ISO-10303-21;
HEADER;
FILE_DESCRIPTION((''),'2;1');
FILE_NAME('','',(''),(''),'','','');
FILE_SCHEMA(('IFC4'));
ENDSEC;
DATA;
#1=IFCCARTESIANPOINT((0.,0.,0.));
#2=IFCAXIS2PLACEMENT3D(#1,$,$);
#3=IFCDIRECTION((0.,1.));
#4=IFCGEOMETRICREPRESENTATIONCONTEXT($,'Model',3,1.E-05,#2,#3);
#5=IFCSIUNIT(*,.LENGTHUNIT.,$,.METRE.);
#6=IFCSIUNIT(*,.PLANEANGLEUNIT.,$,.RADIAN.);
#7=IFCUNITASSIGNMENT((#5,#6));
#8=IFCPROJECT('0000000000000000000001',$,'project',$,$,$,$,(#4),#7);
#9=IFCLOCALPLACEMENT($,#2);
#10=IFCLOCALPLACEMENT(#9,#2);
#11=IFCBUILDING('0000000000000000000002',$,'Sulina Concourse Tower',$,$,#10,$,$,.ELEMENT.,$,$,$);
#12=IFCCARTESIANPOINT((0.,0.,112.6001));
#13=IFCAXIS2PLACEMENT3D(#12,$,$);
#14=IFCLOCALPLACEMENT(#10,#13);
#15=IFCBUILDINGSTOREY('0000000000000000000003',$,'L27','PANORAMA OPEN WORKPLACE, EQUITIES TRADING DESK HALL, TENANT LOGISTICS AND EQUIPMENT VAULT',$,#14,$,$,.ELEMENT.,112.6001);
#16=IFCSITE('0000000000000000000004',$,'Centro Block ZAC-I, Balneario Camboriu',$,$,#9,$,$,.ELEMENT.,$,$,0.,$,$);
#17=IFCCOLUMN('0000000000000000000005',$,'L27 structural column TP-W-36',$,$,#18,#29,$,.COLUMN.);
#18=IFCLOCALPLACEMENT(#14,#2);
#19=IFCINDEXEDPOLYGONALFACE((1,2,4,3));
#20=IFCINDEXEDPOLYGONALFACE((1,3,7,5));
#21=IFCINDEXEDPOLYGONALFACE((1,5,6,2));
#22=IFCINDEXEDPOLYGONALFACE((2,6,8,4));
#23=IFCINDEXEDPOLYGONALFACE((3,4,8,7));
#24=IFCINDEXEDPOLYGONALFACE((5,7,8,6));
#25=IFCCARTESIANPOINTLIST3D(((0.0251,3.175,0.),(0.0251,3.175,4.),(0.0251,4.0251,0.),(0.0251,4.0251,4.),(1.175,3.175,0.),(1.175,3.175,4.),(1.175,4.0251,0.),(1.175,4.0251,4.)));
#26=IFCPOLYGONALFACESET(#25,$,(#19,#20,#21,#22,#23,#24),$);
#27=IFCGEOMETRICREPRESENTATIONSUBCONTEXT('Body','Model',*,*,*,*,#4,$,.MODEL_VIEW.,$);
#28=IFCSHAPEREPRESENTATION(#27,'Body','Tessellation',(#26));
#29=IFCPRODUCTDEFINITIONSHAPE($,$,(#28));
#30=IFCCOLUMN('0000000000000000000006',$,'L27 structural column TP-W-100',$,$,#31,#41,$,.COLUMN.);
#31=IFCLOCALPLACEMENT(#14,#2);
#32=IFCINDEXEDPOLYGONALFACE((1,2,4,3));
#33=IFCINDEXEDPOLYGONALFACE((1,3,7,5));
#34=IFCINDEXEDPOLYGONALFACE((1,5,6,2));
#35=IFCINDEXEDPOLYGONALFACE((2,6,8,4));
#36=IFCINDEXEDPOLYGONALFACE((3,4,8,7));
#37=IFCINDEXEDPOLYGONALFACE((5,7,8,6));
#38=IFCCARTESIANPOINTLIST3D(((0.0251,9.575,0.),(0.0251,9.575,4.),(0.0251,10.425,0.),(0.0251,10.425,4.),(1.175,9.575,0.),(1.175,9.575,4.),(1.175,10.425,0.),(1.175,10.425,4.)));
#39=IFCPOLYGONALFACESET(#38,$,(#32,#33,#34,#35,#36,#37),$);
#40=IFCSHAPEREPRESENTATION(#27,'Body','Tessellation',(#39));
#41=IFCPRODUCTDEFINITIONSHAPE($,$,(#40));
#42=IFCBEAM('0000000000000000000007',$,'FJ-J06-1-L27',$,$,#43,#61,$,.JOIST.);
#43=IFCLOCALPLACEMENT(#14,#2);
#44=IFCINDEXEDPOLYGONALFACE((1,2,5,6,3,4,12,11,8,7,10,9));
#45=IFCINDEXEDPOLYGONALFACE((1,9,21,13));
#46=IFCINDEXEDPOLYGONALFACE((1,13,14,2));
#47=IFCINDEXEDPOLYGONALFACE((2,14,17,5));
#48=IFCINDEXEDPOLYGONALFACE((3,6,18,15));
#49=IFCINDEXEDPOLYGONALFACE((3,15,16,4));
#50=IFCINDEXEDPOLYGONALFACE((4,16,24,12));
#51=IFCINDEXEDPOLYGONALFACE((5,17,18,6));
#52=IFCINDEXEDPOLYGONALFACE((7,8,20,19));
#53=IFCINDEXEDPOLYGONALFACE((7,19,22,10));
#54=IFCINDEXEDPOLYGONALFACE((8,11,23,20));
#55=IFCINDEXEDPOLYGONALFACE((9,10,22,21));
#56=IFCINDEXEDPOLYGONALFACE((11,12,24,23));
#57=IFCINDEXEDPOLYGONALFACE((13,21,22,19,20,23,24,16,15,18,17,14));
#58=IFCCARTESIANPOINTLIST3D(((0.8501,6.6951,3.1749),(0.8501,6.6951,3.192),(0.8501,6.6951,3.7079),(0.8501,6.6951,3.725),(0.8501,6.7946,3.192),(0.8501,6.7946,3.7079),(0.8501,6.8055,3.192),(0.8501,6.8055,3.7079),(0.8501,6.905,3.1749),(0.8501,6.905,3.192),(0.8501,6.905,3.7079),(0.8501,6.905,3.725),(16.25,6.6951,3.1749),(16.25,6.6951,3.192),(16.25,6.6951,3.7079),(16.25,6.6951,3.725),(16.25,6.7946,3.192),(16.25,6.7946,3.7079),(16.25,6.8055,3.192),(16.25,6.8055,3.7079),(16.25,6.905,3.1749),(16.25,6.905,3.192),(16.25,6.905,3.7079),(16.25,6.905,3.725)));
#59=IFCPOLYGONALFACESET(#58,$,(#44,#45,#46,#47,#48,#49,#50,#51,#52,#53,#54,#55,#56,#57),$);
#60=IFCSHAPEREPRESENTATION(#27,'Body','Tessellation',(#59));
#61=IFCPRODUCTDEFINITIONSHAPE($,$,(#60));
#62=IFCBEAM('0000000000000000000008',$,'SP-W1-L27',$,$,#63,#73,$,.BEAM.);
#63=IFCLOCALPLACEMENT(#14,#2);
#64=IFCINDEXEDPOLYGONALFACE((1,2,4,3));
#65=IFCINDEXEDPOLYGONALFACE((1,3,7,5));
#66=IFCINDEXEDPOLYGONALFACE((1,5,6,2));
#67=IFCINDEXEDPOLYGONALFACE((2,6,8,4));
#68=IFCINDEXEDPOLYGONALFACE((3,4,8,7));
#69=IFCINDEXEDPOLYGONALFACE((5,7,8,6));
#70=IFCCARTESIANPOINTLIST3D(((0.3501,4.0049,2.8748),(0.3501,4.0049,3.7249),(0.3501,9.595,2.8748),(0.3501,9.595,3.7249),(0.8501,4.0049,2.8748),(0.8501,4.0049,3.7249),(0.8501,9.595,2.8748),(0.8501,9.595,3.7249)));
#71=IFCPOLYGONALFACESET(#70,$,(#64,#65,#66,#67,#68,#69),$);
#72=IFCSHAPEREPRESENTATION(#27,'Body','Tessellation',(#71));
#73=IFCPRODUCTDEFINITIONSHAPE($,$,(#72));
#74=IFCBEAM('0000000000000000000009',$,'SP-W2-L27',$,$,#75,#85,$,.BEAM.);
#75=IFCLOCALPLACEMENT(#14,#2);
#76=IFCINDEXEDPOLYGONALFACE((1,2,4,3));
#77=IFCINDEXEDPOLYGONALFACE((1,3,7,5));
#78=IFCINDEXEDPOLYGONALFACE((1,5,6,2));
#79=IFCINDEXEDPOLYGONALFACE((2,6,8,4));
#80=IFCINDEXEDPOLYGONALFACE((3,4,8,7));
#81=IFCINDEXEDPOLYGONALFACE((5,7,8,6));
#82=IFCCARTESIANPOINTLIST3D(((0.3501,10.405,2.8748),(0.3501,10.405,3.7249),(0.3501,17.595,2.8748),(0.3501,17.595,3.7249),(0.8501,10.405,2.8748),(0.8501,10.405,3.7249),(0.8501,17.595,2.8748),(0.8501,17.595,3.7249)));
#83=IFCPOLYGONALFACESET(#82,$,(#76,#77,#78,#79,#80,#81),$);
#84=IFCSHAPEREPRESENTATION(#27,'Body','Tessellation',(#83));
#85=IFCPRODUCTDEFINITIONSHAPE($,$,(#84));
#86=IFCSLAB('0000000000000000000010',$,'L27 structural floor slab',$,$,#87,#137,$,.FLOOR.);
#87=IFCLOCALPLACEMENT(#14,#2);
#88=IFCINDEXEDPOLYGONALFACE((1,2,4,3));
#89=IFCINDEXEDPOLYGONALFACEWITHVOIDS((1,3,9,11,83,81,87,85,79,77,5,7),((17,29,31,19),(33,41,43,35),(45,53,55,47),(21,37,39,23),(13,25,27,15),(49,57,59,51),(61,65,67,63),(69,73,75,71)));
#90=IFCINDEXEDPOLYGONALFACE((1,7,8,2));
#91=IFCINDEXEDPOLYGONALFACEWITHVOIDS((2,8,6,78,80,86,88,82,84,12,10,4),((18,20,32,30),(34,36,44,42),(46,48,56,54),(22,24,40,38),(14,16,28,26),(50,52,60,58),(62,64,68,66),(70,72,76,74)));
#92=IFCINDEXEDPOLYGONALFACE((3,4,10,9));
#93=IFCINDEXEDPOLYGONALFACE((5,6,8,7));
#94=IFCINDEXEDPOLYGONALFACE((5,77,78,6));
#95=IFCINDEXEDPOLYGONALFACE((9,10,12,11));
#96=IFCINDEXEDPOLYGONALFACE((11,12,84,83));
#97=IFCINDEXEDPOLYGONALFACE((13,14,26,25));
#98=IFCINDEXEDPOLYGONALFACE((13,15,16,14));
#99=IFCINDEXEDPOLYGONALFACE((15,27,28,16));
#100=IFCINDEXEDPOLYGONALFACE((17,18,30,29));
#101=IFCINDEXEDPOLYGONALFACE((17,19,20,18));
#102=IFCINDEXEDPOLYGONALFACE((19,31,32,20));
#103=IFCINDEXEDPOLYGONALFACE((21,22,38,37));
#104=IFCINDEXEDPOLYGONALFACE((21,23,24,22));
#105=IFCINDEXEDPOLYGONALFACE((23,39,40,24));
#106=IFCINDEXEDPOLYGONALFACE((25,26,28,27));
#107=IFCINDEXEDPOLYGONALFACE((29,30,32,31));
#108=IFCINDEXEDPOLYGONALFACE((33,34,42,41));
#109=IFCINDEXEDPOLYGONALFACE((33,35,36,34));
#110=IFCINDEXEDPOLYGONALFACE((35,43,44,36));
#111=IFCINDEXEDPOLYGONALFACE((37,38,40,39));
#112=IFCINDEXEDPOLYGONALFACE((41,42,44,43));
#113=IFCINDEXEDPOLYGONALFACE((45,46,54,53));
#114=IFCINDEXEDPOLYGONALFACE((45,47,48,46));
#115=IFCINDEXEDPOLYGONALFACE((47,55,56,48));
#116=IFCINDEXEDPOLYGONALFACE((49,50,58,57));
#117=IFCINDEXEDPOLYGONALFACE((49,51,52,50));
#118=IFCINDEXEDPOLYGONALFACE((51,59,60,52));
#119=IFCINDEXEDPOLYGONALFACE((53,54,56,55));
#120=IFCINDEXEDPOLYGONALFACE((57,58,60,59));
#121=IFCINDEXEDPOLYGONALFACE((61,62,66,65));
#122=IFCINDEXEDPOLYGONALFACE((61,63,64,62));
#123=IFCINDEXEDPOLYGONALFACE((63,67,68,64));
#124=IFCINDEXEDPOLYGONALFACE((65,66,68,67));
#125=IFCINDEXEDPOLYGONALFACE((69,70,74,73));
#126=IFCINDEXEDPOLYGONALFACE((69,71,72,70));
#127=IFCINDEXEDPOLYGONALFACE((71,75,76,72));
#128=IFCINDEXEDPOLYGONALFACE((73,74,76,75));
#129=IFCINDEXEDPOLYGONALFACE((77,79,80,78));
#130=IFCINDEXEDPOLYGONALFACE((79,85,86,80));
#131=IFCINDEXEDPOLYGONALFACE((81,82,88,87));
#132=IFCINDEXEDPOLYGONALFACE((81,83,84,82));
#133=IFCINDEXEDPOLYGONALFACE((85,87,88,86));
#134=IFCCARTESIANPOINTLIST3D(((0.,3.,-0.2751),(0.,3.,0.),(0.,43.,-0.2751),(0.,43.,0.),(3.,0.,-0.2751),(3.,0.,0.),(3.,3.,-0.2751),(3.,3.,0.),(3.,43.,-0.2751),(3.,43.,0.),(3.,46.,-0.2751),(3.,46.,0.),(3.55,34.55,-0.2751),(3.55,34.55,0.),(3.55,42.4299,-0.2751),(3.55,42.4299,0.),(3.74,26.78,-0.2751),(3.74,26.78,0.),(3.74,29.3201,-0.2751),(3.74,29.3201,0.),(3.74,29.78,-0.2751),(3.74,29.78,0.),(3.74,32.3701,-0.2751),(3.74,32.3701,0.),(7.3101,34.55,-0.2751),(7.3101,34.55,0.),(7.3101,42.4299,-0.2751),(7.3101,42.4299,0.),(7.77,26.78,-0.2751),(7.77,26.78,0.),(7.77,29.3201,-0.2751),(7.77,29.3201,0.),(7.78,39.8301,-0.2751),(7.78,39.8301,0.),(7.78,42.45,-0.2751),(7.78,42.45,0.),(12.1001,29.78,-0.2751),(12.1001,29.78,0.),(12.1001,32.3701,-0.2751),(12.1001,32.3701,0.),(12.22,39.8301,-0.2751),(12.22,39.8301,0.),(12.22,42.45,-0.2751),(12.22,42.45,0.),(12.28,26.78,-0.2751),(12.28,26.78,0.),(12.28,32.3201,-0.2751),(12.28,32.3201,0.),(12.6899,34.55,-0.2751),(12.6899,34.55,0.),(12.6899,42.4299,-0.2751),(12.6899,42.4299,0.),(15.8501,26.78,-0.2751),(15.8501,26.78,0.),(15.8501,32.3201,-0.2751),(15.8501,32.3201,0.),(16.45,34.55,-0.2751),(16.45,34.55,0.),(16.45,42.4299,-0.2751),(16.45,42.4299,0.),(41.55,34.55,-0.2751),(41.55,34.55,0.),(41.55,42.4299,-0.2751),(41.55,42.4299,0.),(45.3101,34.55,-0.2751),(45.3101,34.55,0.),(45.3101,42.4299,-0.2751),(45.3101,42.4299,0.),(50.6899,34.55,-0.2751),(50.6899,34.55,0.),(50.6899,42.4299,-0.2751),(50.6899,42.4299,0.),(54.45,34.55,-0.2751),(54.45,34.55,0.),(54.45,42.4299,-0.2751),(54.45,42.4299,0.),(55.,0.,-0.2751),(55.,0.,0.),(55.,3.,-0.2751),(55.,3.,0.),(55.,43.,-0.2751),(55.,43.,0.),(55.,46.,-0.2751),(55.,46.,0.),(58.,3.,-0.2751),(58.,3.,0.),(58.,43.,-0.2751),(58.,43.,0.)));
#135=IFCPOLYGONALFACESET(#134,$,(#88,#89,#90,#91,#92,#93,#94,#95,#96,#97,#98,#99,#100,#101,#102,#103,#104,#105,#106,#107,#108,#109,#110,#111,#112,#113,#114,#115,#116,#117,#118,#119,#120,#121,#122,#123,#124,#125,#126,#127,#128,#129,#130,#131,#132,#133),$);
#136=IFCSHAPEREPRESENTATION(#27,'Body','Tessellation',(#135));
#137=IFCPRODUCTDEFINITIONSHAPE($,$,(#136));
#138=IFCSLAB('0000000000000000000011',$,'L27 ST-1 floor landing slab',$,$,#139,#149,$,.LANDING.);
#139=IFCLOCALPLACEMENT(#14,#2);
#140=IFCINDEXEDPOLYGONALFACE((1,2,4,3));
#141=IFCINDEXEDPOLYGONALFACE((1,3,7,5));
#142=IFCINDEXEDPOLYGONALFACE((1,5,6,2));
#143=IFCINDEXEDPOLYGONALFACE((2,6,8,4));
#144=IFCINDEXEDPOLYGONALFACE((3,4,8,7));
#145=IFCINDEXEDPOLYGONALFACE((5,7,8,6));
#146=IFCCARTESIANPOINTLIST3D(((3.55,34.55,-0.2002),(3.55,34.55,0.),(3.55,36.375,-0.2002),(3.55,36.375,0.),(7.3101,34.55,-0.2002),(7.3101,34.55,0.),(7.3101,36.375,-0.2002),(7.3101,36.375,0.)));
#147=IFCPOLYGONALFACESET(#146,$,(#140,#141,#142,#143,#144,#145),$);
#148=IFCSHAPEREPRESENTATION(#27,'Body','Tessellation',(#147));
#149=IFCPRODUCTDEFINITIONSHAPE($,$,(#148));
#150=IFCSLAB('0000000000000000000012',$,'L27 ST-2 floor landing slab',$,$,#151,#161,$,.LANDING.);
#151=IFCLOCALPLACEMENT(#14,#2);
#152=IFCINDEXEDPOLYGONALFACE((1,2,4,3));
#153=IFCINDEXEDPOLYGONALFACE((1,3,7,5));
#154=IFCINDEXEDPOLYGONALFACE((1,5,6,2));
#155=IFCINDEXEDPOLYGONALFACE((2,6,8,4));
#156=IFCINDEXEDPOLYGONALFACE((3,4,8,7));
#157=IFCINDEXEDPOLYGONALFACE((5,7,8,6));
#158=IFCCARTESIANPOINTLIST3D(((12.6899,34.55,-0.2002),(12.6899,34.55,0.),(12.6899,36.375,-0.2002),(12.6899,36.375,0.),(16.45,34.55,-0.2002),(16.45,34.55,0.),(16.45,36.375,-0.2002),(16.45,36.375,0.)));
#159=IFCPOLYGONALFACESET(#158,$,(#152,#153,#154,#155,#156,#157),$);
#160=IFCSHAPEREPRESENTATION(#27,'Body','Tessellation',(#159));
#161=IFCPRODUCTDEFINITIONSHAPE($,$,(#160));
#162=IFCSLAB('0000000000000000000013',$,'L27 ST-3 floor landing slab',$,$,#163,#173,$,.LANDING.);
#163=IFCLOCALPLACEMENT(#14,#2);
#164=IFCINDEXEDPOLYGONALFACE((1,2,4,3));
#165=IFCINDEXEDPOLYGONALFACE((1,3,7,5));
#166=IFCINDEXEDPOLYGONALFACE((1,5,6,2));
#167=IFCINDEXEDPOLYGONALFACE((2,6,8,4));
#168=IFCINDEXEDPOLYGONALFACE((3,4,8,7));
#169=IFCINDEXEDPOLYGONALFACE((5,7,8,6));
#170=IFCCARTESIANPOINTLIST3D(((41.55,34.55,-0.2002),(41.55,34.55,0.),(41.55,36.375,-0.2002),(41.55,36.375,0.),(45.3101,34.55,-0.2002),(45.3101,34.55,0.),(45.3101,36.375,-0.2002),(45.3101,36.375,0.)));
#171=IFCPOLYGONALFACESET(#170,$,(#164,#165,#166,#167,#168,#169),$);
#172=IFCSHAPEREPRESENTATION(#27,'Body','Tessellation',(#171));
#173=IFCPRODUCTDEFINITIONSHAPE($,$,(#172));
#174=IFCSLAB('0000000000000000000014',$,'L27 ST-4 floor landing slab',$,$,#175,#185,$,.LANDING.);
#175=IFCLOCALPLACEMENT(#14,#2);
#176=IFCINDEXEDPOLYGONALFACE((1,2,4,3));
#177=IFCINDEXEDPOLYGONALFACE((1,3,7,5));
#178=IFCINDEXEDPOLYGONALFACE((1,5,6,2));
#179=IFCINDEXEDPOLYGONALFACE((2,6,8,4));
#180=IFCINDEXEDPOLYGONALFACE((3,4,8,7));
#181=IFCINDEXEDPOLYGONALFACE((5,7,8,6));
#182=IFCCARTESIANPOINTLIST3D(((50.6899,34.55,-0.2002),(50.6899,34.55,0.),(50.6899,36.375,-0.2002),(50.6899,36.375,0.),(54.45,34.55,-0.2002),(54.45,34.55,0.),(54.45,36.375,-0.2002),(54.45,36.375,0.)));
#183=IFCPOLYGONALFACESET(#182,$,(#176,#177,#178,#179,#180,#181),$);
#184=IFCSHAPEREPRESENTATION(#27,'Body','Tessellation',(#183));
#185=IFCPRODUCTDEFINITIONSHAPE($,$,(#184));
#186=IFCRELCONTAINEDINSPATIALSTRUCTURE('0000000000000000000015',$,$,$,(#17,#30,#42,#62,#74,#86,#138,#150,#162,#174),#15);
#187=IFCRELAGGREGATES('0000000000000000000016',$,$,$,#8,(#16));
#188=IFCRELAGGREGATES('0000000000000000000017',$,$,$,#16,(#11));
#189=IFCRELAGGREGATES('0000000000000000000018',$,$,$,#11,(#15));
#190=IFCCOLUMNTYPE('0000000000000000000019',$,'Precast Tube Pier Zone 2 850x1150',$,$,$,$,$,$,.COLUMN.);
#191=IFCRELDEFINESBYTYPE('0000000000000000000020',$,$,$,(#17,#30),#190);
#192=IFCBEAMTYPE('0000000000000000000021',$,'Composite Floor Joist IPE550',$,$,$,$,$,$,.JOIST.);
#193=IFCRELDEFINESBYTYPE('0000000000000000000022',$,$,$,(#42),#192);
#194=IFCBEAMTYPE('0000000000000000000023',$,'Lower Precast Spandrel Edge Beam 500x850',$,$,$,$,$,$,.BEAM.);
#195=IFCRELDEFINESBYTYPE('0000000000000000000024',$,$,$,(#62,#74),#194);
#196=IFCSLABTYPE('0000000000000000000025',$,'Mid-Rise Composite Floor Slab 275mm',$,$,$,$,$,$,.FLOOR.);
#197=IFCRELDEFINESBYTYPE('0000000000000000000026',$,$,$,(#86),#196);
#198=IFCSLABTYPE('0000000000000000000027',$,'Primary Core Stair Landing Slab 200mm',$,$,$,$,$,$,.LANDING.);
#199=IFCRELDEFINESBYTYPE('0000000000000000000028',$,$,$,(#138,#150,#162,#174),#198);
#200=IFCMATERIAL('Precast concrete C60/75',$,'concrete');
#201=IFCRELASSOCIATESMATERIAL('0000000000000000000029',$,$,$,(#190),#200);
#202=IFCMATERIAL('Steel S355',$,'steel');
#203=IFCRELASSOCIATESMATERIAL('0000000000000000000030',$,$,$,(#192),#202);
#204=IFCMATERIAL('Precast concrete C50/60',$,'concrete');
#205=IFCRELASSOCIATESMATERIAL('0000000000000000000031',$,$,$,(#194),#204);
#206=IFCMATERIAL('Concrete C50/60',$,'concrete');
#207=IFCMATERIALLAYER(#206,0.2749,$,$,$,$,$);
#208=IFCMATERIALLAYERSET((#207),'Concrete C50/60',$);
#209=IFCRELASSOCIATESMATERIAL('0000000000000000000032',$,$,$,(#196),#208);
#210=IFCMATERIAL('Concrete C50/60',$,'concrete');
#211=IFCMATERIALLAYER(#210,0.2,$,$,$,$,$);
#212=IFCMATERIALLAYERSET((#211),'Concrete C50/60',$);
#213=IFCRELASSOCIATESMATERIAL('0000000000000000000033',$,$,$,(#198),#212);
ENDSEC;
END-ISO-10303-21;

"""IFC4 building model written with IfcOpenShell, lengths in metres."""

from ifc_helpers import new_model, si_unit, direction, frame, origin, origin_2d, place, context, subcontext, project, spatial, polyline, rectangle, i_section, outline, extrude, material, layer, layer_set, material_profile, profile_set, type_object, element, save


model = new_model("IFC4")

# Units and contexts
model_context = context("Model", 3, precision=1e-05, world=origin(), true_north=direction((0.0, 1.0)))
body_context = subcontext(model_context, "Body", "Model", "MODEL_VIEW")
ifc_project = project(units=[si_unit("LENGTHUNIT", "METRE"), si_unit("PLANEANGLEUNIT", "RADIAN")], contexts=[model_context])

# Site, building, storey
site_placement = place(None, origin())
site = spatial("IfcSite", under=ifc_project, at=site_placement, Name="Centro Block ZAC-I, Balneario Camboriu", CompositionType="ELEMENT", RefElevation=0.0)
building_placement = place(site_placement, origin())
building = spatial("IfcBuilding", under=site, at=building_placement, Name="Sulina Concourse Tower", CompositionType="ELEMENT")
storey_placement = place(building_placement, frame((0.0, 0.0, 112.6001)))
storey = spatial("IfcBuildingStorey", under=building, at=storey_placement, Name="L27", Description="PANORAMA OPEN WORKPLACE, EQUITIES TRADING DESK HALL, TENANT LOGISTICS AND EQUIPMENT VAULT", CompositionType="ELEMENT", Elevation=112.6001)

# Columns
ifc_material_1 = material(Name="Precast concrete C60/75", Category="concrete")
ifc_material_profile_1 = material_profile(ifc_material_1, rectangle(XDim=0.8501, YDim=1.1499, at=origin_2d()), Name="PC 850x1150")
ifc_profile_set_1 = profile_set([ifc_material_profile_1], Name="Precast concrete C60/75")
column_type = type_object("IfcColumnType", Name="Precast Tube Pier Zone 2 850x1150", PredefinedType="COLUMN", material=ifc_profile_set_1)
for number, where, z_axis, x_axis, name in (
    (1, (0.6001, 3.6001, 0.0), (0.0, 0.0, 1.0), (0.0, 1.0, 0.0), "L27 structural column TP-W-36"),
    (2, (0.6001, 10.0, 0.0), (0.0, 0.0, 1.0), (0.0, 1.0, 0.0), "L27 structural column TP-W-100"),
):
    element("IfcColumn", number, at=place(storey_placement, frame(where, z_axis=z_axis, x_axis=x_axis)), inside=storey, type_object=column_type, Name=name, PredefinedType="COLUMN", context=body_context, shape_type="SweptSolid", body=[
        extrude(rectangle(XDim=0.8501, YDim=1.1499, at=origin_2d()), origin(), (0.0, 0.0, 1.0), 4.0),
    ])

# Beams
ifc_material_2 = material(Name="Steel S355", Category="steel")
ifc_material_profile_2 = material_profile(ifc_material_2, i_section(OverallWidth=0.21, OverallDepth=0.55, WebThickness=0.011, FlangeThickness=0.0171, at=origin_2d()), Name="IPE 550")
ifc_profile_set_2 = profile_set([ifc_material_profile_2], Name="Steel S355")
beam_type_1 = type_object("IfcBeamType", Name="Composite Floor Joist IPE550", PredefinedType="JOIST", material=ifc_profile_set_2)
beam_1_placement = place(storey_placement, frame((0.8501, 6.8, 3.45), z_axis=(1.0, 0.0, 0.0), x_axis=(0.0, 1.0, 0.0)))
element("IfcBeam", 3, at=beam_1_placement, inside=storey, type_object=beam_type_1, Name="FJ-J06-1-L27", PredefinedType="JOIST", context=body_context, shape_type="SweptSolid", body=[
    extrude(i_section(OverallWidth=0.21, OverallDepth=0.55, WebThickness=0.011, FlangeThickness=0.0171, at=origin_2d()), origin(), (0.0, 0.0, 1.0), 15.3999),
])
ifc_material_3 = material(Name="Precast concrete C50/60", Category="concrete")
ifc_material_profile_3 = material_profile(ifc_material_3, rectangle(XDim=0.5, YDim=0.8501, at=origin_2d()), Name="RC 500x850")
ifc_profile_set_3 = profile_set([ifc_material_profile_3], Name="Precast concrete C50/60")
beam_type_2 = type_object("IfcBeamType", Name="Lower Precast Spandrel Edge Beam 500x850", PredefinedType="BEAM", material=ifc_profile_set_3)
beam_2_placement = place(storey_placement, frame((0.6001, 4.0049, 3.2998), z_axis=(0.0, 1.0, 0.0), x_axis=(-1.0, 0.0, 0.0)))
element("IfcBeam", 4, at=beam_2_placement, inside=storey, type_object=beam_type_2, Name="SP-W1-L27", PredefinedType="BEAM", context=body_context, shape_type="SweptSolid", body=[
    extrude(rectangle(XDim=0.5, YDim=0.8501, at=origin_2d()), origin(), (0.0, 0.0, 1.0), 5.5901),
])
beam_3_placement = place(storey_placement, frame((0.6001, 10.405, 3.2998), z_axis=(0.0, 1.0, 0.0), x_axis=(-1.0, 0.0, 0.0)))
element("IfcBeam", 5, at=beam_3_placement, inside=storey, type_object=beam_type_2, Name="SP-W2-L27", PredefinedType="BEAM", context=body_context, shape_type="SweptSolid", body=[
    extrude(rectangle(XDim=0.5, YDim=0.8501, at=origin_2d()), origin(), (0.0, 0.0, 1.0), 7.1899),
])

# Slabs
ifc_material_4 = material(Name="Concrete C50/60", Category="concrete")
ifc_layer_1 = layer(ifc_material_4, 0.2749)
ifc_layer_set_1 = layer_set([ifc_layer_1], Name="Concrete C50/60")
slab_type_1 = type_object("IfcSlabType", Name="Mid-Rise Composite Floor Slab 275mm", PredefinedType="FLOOR", material=ifc_layer_set_1)
slab_1_placement = place(storey_placement, frame((0.0, 0.0, -0.2751)))
element("IfcSlab", 6, at=slab_1_placement, inside=storey, type_object=slab_type_1, Name="L27 structural floor slab", PredefinedType="FLOOR", context=body_context, shape_type="SweptSolid", body=[
    extrude(outline(polyline([(3.0, 0.0), (55.0, 0.0), (55.0, 3.0), (58.0, 3.0), (58.0, 43.0), (55.0, 43.0), (55.0, 46.0), (3.0, 46.0), (3.0, 43.0), (0.0, 43.0), (0.0, 3.0), (3.0, 3.0), (3.0, 0.0)]), holes=[polyline([(7.3101, 34.55), (7.3101, 42.4299), (3.55, 42.4299), (3.55, 34.55), (7.3101, 34.55)]), polyline([(16.45, 34.55), (16.45, 42.4299), (12.6899, 42.4299), (12.6899, 34.55), (16.45, 34.55)]), polyline([(45.3101, 34.55), (45.3101, 42.4299), (41.55, 42.4299), (41.55, 34.55), (45.3101, 34.55)]), polyline([(54.45, 34.55), (54.45, 42.4299), (50.6899, 42.4299), (50.6899, 34.55), (54.45, 34.55)]), polyline([(7.78, 39.8301), (12.22, 39.8301), (12.22, 42.45), (7.78, 42.45), (7.78, 39.8301)]), polyline([(3.74, 26.78), (7.77, 26.78), (7.77, 29.3201), (3.74, 29.3201), (3.74, 26.78)]), polyline([(3.74, 29.78), (12.1001, 29.78), (12.1001, 32.3701), (3.74, 32.3701), (3.74, 29.78)]), polyline([(12.28, 26.78), (15.8501, 26.78), (15.8501, 32.3201), (12.28, 32.3201), (12.28, 26.78)])]), origin(), (0.0, 0.0, 1.0), 0.2751),
])
ifc_material_5 = material(Name="Concrete C50/60", Category="concrete")
ifc_layer_2 = layer(ifc_material_5, 0.2)
ifc_layer_set_2 = layer_set([ifc_layer_2], Name="Concrete C50/60")
slab_type_2 = type_object("IfcSlabType", Name="Primary Core Stair Landing Slab 200mm", PredefinedType="LANDING", material=ifc_layer_set_2)
slab_2_placement = place(storey_placement, frame((0.0, 0.0, -0.2002)))
element("IfcSlab", 7, at=slab_2_placement, inside=storey, type_object=slab_type_2, Name="L27 ST-1 floor landing slab", PredefinedType="LANDING", context=body_context, shape_type="SweptSolid", body=[
    extrude(outline(polyline([(7.3101, 34.55), (7.3101, 36.375), (3.55, 36.375), (3.55, 34.55), (7.3101, 34.55)])), origin(), (0.0, 0.0, 1.0), 0.2002),
])
slab_3_placement = place(storey_placement, frame((0.0, 0.0, -0.2002)))
element("IfcSlab", 8, at=slab_3_placement, inside=storey, type_object=slab_type_2, Name="L27 ST-2 floor landing slab", PredefinedType="LANDING", context=body_context, shape_type="SweptSolid", body=[
    extrude(outline(polyline([(16.45, 34.55), (16.45, 36.375), (12.6899, 36.375), (12.6899, 34.55), (16.45, 34.55)])), origin(), (0.0, 0.0, 1.0), 0.2002),
])
slab_4_placement = place(storey_placement, frame((0.0, 0.0, -0.2002)))
element("IfcSlab", 9, at=slab_4_placement, inside=storey, type_object=slab_type_2, Name="L27 ST-3 floor landing slab", PredefinedType="LANDING", context=body_context, shape_type="SweptSolid", body=[
    extrude(outline(polyline([(45.3101, 34.55), (45.3101, 36.375), (41.55, 36.375), (41.55, 34.55), (45.3101, 34.55)])), origin(), (0.0, 0.0, 1.0), 0.2002),
])
slab_5_placement = place(storey_placement, frame((0.0, 0.0, -0.2002)))
element("IfcSlab", 10, at=slab_5_placement, inside=storey, type_object=slab_type_2, Name="L27 ST-4 floor landing slab", PredefinedType="LANDING", context=body_context, shape_type="SweptSolid", body=[
    extrude(outline(polyline([(54.45, 34.55), (54.45, 36.375), (50.6899, 36.375), (50.6899, 34.55), (54.45, 34.55)])), origin(), (0.0, 0.0, 1.0), 0.2002),
])

save(model, "model.ifc")
